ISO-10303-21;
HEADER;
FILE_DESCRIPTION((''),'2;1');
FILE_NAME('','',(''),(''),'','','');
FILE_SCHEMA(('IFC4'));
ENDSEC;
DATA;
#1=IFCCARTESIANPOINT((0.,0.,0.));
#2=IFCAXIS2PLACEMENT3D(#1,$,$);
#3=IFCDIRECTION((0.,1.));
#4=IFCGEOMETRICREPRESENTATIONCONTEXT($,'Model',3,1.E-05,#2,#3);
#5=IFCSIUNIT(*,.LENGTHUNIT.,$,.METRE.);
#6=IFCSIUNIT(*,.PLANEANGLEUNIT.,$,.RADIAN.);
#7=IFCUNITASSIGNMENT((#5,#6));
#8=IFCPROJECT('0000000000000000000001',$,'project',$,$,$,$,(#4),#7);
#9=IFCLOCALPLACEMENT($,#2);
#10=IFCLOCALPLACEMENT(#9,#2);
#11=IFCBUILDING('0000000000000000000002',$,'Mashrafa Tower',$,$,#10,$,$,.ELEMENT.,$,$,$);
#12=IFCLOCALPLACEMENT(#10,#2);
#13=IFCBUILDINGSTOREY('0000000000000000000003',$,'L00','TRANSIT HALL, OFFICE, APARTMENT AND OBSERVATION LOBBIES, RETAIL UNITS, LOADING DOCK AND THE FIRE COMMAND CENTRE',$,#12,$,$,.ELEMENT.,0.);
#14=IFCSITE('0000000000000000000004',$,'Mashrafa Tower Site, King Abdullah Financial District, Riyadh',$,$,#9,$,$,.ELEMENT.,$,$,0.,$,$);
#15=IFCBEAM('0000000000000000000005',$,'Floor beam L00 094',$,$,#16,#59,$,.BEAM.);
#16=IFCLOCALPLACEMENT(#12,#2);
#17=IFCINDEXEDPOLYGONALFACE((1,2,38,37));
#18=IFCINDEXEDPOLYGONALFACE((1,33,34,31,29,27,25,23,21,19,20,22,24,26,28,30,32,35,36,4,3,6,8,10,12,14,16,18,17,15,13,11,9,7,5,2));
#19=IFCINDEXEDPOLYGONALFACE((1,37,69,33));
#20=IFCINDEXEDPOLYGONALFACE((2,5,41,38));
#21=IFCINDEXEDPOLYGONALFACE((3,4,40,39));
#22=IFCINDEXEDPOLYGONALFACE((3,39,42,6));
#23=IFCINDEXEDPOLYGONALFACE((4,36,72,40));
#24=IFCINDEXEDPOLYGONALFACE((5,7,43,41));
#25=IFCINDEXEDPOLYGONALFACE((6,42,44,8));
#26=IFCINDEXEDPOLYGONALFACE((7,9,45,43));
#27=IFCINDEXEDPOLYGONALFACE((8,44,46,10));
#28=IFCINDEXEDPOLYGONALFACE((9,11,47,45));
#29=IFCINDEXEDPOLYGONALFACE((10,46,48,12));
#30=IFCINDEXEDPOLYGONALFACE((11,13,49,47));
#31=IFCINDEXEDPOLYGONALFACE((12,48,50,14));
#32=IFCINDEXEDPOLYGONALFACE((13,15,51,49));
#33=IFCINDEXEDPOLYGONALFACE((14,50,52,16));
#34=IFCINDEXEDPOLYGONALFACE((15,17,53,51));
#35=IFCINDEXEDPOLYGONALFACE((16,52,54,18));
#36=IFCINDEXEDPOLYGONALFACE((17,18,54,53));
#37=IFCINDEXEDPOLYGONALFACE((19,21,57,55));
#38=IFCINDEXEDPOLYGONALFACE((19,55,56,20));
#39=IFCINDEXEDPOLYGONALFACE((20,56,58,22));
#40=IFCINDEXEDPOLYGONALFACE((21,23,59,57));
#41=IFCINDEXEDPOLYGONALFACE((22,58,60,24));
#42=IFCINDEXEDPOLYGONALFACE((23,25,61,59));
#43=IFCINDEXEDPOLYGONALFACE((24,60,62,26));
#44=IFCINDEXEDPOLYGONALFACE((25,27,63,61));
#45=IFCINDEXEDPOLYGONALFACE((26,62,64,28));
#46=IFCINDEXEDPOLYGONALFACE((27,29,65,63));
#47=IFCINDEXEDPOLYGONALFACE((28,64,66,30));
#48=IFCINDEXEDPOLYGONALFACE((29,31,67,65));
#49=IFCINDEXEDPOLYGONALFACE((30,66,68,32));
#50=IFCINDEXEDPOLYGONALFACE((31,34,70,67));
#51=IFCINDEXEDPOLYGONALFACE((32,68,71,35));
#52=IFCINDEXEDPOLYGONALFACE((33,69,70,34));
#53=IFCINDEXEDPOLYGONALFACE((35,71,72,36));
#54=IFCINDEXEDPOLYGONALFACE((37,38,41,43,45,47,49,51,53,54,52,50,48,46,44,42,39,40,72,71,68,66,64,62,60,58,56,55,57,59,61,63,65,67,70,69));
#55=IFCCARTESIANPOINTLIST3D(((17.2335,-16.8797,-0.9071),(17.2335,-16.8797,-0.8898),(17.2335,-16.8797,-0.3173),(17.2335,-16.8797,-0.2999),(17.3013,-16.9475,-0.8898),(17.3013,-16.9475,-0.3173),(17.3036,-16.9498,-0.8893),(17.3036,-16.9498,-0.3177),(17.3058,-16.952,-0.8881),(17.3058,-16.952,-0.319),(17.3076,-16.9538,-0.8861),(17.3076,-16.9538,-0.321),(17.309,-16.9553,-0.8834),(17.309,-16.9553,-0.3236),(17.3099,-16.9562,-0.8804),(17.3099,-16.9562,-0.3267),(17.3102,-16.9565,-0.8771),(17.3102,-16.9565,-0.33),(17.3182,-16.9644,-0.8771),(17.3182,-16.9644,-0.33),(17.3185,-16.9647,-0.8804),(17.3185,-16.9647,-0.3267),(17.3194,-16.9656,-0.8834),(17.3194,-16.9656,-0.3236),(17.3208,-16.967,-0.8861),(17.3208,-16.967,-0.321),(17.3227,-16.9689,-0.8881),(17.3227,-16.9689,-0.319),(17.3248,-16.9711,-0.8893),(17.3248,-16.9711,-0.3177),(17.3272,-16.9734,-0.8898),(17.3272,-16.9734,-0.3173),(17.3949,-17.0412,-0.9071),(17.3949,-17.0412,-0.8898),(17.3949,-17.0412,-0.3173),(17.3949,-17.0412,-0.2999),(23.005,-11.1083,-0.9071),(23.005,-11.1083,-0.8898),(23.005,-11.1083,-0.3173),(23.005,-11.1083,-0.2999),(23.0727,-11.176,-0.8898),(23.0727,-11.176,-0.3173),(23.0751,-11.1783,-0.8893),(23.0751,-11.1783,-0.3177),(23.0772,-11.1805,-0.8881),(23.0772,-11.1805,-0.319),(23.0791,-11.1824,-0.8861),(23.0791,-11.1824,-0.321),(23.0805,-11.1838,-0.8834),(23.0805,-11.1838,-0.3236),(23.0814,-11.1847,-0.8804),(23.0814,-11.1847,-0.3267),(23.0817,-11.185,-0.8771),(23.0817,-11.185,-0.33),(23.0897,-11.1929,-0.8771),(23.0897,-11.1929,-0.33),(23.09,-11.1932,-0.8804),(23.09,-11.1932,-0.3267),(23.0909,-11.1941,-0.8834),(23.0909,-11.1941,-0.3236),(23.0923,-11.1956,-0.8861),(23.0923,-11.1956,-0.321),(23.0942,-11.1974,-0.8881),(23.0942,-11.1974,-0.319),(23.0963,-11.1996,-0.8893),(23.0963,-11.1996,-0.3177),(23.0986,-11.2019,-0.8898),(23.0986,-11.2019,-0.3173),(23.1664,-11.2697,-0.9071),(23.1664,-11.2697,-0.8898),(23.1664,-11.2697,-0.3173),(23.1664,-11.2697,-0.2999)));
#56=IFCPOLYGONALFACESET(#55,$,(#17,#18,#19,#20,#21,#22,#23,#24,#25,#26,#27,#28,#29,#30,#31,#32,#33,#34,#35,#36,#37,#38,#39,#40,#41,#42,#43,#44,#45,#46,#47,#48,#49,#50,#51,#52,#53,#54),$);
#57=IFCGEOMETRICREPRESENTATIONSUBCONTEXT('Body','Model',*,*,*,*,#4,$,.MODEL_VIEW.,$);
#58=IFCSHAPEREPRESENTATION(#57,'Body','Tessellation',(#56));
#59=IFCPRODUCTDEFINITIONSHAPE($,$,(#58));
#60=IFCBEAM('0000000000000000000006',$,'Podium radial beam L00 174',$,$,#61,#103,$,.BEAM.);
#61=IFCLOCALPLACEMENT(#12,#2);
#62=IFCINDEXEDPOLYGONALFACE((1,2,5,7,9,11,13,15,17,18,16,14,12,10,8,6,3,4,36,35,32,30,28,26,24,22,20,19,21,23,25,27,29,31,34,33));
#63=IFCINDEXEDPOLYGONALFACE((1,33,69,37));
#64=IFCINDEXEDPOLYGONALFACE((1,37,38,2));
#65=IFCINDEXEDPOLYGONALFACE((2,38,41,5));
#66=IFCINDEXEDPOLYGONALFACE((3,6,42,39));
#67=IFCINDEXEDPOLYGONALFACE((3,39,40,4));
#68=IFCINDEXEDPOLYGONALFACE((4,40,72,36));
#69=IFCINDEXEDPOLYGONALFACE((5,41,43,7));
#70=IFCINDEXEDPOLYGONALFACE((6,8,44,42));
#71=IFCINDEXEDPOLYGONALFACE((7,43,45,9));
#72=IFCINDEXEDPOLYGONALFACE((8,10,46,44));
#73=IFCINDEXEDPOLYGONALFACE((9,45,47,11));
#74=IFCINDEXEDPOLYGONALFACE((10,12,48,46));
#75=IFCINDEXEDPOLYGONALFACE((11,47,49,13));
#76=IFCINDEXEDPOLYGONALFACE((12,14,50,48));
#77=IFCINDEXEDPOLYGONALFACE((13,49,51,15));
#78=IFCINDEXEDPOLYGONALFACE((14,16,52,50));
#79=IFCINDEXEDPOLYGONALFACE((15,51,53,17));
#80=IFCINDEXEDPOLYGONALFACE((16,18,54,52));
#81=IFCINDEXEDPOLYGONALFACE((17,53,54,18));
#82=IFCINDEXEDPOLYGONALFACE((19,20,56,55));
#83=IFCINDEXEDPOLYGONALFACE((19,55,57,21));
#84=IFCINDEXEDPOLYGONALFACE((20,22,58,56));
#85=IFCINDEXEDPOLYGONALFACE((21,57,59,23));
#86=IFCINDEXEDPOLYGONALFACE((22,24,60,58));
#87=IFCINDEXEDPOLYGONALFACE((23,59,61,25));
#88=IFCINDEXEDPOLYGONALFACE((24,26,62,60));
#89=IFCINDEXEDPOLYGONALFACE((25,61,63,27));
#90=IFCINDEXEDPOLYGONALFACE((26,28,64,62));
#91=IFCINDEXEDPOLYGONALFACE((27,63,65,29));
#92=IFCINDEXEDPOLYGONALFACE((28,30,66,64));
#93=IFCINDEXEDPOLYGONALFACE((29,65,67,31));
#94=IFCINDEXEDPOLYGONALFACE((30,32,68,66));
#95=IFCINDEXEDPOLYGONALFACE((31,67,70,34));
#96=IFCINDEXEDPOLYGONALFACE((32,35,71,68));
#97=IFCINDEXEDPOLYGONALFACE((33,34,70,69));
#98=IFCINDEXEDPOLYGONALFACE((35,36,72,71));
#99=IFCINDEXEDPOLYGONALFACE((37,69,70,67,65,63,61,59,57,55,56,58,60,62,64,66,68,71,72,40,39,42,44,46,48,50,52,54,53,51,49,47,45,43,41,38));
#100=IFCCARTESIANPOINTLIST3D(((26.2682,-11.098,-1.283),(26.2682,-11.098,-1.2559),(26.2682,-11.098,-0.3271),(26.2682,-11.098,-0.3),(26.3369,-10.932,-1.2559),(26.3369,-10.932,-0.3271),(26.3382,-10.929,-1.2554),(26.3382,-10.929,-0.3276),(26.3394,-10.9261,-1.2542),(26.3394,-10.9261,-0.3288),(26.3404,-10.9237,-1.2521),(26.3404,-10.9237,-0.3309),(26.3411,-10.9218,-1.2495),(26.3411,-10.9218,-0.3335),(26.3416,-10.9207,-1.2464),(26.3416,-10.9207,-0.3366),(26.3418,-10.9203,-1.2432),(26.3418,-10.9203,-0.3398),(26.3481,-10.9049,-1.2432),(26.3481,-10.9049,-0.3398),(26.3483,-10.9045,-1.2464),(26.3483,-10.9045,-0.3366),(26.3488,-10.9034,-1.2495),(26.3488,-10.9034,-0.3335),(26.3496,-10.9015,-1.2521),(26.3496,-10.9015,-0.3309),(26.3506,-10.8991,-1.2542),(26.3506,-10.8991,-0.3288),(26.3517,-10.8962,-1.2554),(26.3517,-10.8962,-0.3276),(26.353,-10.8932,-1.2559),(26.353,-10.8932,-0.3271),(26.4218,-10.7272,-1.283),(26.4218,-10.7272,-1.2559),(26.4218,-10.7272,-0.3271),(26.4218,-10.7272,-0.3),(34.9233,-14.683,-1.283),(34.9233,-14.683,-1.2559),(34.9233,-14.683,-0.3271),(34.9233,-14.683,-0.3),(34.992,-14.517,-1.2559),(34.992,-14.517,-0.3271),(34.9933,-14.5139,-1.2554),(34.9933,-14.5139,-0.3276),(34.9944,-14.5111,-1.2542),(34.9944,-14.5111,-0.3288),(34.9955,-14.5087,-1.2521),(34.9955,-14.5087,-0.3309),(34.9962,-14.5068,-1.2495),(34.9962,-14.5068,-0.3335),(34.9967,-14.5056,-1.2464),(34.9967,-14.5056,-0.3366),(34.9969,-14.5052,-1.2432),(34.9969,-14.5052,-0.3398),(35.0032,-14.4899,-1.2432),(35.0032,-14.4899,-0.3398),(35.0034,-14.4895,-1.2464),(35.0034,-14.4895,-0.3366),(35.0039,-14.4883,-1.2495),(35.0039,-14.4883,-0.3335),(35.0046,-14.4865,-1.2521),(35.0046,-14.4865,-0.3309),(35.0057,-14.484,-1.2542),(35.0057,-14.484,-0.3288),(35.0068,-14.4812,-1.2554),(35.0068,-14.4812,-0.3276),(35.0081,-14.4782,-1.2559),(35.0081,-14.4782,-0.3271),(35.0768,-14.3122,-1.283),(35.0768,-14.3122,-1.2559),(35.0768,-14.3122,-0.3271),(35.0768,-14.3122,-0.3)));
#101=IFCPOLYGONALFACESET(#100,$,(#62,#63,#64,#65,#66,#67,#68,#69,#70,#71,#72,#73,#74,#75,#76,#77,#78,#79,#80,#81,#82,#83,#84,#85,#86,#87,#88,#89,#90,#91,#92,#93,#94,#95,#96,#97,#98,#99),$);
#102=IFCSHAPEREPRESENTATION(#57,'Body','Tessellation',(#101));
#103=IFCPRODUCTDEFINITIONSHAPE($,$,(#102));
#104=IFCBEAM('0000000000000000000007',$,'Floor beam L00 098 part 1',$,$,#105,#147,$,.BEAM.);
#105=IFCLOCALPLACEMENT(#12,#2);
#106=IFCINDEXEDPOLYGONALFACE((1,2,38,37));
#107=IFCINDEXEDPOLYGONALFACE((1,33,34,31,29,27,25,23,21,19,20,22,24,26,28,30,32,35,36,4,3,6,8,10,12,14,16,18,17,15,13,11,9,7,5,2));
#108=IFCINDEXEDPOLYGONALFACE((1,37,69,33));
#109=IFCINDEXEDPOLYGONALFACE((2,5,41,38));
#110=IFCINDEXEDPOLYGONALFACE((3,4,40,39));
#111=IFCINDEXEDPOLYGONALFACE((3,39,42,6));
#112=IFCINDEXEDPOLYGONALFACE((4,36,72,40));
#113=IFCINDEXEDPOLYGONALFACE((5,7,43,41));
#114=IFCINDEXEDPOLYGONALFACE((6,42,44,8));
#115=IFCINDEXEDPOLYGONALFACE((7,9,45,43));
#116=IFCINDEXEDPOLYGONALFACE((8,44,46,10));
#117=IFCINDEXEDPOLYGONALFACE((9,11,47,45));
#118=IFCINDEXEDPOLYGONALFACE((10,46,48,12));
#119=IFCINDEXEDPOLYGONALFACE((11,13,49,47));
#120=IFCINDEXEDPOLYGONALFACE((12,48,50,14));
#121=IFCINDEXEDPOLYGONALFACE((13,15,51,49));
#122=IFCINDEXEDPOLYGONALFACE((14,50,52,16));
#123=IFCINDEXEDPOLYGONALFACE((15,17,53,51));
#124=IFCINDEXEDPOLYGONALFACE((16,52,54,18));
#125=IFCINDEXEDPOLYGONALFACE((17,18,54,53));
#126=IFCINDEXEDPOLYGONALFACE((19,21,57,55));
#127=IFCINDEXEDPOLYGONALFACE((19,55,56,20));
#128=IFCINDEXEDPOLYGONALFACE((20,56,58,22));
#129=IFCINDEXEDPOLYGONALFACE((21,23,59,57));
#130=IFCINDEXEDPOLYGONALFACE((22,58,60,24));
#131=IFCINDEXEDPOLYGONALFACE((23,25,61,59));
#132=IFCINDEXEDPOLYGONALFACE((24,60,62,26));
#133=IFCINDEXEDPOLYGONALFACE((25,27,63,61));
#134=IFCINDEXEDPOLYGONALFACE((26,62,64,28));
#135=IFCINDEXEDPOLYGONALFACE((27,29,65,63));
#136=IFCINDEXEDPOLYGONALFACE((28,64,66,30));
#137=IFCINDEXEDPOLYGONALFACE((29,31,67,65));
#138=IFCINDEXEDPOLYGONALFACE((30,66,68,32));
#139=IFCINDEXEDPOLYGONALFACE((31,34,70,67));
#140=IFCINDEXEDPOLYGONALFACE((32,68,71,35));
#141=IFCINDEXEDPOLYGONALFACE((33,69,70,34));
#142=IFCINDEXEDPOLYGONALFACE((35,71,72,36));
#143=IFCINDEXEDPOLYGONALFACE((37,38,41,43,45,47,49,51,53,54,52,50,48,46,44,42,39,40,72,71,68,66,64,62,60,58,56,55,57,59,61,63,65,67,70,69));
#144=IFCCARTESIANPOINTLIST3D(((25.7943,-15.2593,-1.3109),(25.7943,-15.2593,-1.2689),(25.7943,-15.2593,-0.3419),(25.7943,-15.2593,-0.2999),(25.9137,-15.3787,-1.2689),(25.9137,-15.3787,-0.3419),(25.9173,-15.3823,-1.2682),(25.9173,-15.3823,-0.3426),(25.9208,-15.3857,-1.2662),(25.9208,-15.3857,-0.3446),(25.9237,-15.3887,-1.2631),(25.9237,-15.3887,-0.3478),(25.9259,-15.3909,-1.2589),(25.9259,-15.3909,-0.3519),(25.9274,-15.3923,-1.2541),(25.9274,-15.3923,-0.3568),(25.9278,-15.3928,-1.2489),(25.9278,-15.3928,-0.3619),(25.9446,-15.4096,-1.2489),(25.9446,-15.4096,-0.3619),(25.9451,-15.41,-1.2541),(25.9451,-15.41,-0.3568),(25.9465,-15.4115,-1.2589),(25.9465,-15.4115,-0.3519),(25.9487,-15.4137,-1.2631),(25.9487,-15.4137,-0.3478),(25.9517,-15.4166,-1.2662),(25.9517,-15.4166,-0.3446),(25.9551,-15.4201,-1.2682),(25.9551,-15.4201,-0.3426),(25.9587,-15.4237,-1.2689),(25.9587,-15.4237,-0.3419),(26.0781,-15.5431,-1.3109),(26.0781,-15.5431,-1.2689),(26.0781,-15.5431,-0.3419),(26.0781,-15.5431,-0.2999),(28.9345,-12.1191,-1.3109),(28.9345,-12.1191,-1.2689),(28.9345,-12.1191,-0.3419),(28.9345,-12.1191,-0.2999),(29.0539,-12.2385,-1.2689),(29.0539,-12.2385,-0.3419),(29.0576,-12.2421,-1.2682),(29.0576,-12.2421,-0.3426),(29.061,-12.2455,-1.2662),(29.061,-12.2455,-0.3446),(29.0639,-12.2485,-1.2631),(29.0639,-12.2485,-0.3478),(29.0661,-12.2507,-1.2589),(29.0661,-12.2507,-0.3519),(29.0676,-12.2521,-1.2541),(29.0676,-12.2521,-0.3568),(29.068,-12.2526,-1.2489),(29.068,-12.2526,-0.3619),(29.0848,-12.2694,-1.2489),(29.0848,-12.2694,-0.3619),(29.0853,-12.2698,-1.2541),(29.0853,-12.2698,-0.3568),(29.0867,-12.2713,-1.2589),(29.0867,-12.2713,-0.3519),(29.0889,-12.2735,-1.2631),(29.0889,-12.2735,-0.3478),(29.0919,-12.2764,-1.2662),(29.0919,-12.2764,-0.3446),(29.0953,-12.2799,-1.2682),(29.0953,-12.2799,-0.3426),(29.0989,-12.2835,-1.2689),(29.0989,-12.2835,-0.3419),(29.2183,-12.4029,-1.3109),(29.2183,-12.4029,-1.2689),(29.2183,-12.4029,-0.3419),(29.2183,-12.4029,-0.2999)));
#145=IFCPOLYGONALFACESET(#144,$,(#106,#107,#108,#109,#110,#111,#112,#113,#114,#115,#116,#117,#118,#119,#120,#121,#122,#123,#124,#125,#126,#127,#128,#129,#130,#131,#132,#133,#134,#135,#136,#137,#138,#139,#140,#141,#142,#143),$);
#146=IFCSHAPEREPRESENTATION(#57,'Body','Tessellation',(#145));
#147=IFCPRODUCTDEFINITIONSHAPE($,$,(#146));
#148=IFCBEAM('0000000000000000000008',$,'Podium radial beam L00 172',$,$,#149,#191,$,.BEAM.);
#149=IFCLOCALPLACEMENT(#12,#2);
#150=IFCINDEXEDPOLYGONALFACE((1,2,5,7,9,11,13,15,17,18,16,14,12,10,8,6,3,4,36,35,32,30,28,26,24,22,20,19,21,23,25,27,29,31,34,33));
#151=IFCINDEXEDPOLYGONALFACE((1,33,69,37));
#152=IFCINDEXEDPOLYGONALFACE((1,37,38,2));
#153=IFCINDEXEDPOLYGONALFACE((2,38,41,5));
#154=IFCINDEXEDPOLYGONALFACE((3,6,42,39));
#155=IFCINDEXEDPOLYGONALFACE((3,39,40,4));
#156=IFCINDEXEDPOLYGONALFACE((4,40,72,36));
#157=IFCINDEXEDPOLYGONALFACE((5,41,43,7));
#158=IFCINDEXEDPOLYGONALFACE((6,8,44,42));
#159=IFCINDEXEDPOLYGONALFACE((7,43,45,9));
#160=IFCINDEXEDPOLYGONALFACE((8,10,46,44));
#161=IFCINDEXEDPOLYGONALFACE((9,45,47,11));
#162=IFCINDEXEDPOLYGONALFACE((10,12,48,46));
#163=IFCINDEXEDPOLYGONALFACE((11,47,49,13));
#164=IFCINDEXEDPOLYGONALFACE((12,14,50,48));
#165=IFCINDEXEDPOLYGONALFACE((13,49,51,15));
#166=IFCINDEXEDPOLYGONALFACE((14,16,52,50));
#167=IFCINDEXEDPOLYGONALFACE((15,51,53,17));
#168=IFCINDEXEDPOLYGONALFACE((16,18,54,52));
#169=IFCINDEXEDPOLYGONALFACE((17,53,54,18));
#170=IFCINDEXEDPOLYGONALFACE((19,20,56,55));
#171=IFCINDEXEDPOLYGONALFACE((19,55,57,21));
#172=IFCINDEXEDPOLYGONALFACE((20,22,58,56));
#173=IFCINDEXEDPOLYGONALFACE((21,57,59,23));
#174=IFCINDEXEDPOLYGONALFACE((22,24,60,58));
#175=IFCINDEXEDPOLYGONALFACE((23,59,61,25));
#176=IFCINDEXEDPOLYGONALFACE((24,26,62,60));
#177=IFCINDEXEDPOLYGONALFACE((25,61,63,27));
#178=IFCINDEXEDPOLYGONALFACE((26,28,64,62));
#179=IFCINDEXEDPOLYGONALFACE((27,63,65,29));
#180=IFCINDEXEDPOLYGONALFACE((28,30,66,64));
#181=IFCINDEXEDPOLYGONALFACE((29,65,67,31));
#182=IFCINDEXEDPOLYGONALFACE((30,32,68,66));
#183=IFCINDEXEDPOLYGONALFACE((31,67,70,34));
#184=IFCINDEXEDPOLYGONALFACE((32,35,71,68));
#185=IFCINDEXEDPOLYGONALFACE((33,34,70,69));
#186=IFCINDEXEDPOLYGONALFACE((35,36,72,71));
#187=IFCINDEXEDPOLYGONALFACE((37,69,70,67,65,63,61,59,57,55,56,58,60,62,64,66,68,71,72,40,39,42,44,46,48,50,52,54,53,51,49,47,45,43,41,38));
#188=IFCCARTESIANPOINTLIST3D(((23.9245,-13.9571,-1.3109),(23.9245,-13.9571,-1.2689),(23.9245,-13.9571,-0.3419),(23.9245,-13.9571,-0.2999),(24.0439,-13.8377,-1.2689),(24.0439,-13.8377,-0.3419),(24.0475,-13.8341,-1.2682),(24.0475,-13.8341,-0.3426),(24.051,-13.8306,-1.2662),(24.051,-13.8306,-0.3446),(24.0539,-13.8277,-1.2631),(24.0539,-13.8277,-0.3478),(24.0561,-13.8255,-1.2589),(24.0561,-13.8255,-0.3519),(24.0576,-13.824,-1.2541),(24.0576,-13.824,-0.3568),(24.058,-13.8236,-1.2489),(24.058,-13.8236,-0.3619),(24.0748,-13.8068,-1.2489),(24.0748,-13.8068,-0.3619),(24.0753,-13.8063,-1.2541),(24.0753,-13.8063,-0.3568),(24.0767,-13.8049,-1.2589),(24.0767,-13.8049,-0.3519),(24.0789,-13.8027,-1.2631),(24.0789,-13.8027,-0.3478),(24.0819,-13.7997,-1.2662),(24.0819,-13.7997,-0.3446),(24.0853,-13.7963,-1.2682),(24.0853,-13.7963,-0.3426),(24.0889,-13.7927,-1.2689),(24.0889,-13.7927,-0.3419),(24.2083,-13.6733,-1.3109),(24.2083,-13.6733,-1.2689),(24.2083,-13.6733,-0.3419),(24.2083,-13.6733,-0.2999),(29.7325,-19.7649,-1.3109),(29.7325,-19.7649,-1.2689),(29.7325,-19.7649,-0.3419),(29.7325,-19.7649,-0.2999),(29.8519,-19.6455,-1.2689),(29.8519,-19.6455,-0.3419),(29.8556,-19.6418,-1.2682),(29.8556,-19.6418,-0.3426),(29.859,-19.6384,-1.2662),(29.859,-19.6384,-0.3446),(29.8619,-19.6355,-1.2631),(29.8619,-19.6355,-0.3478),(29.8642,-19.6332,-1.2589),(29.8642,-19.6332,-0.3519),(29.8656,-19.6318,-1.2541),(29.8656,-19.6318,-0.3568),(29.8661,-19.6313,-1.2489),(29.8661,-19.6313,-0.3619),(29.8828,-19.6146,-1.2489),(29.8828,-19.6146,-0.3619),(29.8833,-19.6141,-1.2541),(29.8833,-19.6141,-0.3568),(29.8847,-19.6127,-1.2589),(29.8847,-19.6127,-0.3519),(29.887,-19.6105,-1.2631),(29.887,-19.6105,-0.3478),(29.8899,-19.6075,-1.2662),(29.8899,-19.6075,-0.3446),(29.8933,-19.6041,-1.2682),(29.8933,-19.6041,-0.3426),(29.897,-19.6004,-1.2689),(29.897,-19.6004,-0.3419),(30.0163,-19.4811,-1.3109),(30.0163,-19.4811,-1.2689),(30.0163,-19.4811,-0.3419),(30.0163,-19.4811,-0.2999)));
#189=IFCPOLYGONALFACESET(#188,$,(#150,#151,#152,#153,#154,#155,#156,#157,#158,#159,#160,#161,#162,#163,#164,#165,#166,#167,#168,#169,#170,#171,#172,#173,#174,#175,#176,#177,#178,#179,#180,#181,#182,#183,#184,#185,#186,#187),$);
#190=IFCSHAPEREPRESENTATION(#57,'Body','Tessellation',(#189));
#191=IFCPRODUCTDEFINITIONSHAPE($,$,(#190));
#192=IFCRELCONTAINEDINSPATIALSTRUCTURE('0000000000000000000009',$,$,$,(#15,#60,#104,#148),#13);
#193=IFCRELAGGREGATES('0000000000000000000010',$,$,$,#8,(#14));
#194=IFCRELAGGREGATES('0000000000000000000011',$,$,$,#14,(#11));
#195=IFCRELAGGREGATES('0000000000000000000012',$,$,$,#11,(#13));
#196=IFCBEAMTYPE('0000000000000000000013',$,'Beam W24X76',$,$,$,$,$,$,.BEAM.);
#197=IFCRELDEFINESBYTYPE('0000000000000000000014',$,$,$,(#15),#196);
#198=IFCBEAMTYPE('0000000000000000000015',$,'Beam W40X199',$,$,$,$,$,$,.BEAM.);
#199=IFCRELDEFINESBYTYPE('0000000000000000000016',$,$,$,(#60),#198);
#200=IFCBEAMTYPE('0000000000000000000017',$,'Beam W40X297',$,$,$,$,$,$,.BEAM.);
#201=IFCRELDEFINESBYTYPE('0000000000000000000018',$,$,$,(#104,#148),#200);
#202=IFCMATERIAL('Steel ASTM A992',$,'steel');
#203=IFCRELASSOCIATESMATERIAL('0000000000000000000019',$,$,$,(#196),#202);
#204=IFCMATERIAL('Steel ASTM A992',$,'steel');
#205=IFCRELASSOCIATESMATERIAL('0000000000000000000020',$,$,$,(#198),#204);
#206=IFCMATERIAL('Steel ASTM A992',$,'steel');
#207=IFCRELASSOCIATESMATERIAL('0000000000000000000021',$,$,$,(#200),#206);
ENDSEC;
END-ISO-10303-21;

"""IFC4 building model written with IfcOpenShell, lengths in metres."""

from ifc_helpers import new_model, si_unit, direction, frame, origin, origin_2d, place, context, subcontext, project, spatial, i_section, extrude, material, material_profile, profile_set, type_object, element, save


model = new_model("IFC4")

# Units and contexts
model_context = context("Model", 3, precision=1e-05, world=origin(), true_north=direction((0.0, 1.0)))
body_context = subcontext(model_context, "Body", "Model", "MODEL_VIEW")
ifc_project = project(units=[si_unit("LENGTHUNIT", "METRE"), si_unit("PLANEANGLEUNIT", "RADIAN")], contexts=[model_context])

# Site, building, storey
site_placement = place(None, origin())
site = spatial("IfcSite", under=ifc_project, at=site_placement, Name="Mashrafa Tower Site, King Abdullah Financial District, Riyadh", CompositionType="ELEMENT", RefElevation=0.0)
building_placement = place(site_placement, origin())
building = spatial("IfcBuilding", under=site, at=building_placement, Name="Mashrafa Tower", CompositionType="ELEMENT")
storey_placement = place(building_placement, origin())
storey = spatial("IfcBuildingStorey", under=building, at=storey_placement, Name="L00", Description="TRANSIT HALL, OFFICE, APARTMENT AND OBSERVATION LOBBIES, RETAIL UNITS, LOADING DOCK AND THE FIRE COMMAND CENTRE", CompositionType="ELEMENT", Elevation=0.0)

# Beams
ifc_material_1 = material(Name="Steel ASTM A992", Category="steel")
ifc_material_profile_1 = material_profile(ifc_material_1, i_section(OverallWidth=0.2283, OverallDepth=0.6072, WebThickness=0.0112, FlangeThickness=0.0173, FilletRadius=0.0127, at=origin_2d()), Name="W24X76")
ifc_profile_set_1 = profile_set([ifc_material_profile_1], Name="Steel ASTM A992")
beam_type_1 = type_object("IfcBeamType", Name="Beam W24X76", PredefinedType="BEAM", material=ifc_profile_set_1)
beam_1_placement = place(storey_placement, frame((23.0857, -11.189, -0.6035), z_axis=(-0.707107, -0.707107, 0.0), x_axis=(0.707107, -0.707107, 0.0)))
element("IfcBeam", 1, at=beam_1_placement, inside=storey, type_object=beam_type_1, Name="Floor beam L00 094", PredefinedType="BEAM", context=body_context, shape_type="SweptSolid", body=[
    extrude(i_section(OverallWidth=0.2283, OverallDepth=0.6072, WebThickness=0.0112, FlangeThickness=0.0173, FilletRadius=0.0127, at=origin_2d()), origin(), (0.0, 0.0, 1.0), 8.1621),
])
ifc_material_2 = material(Name="Steel ASTM A992", Category="steel")
ifc_material_profile_2 = material_profile(ifc_material_2, i_section(OverallWidth=0.4014, OverallDepth=0.9829, WebThickness=0.0166, FlangeThickness=0.0271, FilletRadius=0.0127, at=origin_2d()), Name="W40X199")
ifc_profile_set_2 = profile_set([ifc_material_profile_2], Name="Steel ASTM A992")
beam_type_2 = type_object("IfcBeamType", Name="Beam W40X199", PredefinedType="BEAM", material=ifc_profile_set_2)
beam_2_placement = place(storey_placement, frame((26.345, -10.9126, -0.7915), z_axis=(0.923882, -0.382677, 0.0), x_axis=(0.382677, 0.923882, 0.0)))
element("IfcBeam", 2, at=beam_2_placement, inside=storey, type_object=beam_type_2, Name="Podium radial beam L00 174", PredefinedType="BEAM", context=body_context, shape_type="SweptSolid", body=[
    extrude(i_section(OverallWidth=0.4014, OverallDepth=0.9829, WebThickness=0.0166, FlangeThickness=0.0271, FilletRadius=0.0127, at=origin_2d()), origin(), (0.0, 0.0, 1.0), 9.3682),
])
ifc_material_3 = material(Name="Steel ASTM A992", Category="steel")
ifc_material_profile_3 = material_profile(ifc_material_3, i_section(OverallWidth=0.4014, OverallDepth=1.011, WebThickness=0.0237, FlangeThickness=0.042, FilletRadius=0.02, at=origin_2d()), Name="W40X297")
ifc_profile_set_3 = profile_set([ifc_material_profile_3], Name="Steel ASTM A992")
beam_type_3 = type_object("IfcBeamType", Name="Beam W40X297", PredefinedType="BEAM", material=ifc_profile_set_3)
beam_3_placement = place(storey_placement, frame((29.0764, -12.261, -0.8054), z_axis=(-0.707107, -0.707107, 0.0), x_axis=(0.707107, -0.707107, 0.0)))
element("IfcBeam", 3, at=beam_3_placement, inside=storey, type_object=beam_type_3, Name="Floor beam L00 098 part 1", PredefinedType="BEAM", context=body_context, shape_type="SweptSolid", body=[
    extrude(i_section(OverallWidth=0.4014, OverallDepth=1.011, WebThickness=0.0237, FlangeThickness=0.042, FilletRadius=0.02, at=origin_2d()), origin(), (0.0, 0.0, 1.0), 4.4409),
])
beam_4_placement = place(storey_placement, frame((24.0664, -13.8152, -0.8054), z_axis=(0.707122, -0.707092, 0.0), x_axis=(0.707092, 0.707122, 0.0)))
element("IfcBeam", 4, at=beam_4_placement, inside=storey, type_object=beam_type_3, Name="Podium radial beam L00 172", PredefinedType="BEAM", context=body_context, shape_type="SweptSolid", body=[
    extrude(i_section(OverallWidth=0.4014, OverallDepth=1.011, WebThickness=0.0237, FlangeThickness=0.042, FilletRadius=0.02, at=origin_2d()), origin(), (0.0, 0.0, 1.0), 8.2136),
])

save(model, "model.ifc")
